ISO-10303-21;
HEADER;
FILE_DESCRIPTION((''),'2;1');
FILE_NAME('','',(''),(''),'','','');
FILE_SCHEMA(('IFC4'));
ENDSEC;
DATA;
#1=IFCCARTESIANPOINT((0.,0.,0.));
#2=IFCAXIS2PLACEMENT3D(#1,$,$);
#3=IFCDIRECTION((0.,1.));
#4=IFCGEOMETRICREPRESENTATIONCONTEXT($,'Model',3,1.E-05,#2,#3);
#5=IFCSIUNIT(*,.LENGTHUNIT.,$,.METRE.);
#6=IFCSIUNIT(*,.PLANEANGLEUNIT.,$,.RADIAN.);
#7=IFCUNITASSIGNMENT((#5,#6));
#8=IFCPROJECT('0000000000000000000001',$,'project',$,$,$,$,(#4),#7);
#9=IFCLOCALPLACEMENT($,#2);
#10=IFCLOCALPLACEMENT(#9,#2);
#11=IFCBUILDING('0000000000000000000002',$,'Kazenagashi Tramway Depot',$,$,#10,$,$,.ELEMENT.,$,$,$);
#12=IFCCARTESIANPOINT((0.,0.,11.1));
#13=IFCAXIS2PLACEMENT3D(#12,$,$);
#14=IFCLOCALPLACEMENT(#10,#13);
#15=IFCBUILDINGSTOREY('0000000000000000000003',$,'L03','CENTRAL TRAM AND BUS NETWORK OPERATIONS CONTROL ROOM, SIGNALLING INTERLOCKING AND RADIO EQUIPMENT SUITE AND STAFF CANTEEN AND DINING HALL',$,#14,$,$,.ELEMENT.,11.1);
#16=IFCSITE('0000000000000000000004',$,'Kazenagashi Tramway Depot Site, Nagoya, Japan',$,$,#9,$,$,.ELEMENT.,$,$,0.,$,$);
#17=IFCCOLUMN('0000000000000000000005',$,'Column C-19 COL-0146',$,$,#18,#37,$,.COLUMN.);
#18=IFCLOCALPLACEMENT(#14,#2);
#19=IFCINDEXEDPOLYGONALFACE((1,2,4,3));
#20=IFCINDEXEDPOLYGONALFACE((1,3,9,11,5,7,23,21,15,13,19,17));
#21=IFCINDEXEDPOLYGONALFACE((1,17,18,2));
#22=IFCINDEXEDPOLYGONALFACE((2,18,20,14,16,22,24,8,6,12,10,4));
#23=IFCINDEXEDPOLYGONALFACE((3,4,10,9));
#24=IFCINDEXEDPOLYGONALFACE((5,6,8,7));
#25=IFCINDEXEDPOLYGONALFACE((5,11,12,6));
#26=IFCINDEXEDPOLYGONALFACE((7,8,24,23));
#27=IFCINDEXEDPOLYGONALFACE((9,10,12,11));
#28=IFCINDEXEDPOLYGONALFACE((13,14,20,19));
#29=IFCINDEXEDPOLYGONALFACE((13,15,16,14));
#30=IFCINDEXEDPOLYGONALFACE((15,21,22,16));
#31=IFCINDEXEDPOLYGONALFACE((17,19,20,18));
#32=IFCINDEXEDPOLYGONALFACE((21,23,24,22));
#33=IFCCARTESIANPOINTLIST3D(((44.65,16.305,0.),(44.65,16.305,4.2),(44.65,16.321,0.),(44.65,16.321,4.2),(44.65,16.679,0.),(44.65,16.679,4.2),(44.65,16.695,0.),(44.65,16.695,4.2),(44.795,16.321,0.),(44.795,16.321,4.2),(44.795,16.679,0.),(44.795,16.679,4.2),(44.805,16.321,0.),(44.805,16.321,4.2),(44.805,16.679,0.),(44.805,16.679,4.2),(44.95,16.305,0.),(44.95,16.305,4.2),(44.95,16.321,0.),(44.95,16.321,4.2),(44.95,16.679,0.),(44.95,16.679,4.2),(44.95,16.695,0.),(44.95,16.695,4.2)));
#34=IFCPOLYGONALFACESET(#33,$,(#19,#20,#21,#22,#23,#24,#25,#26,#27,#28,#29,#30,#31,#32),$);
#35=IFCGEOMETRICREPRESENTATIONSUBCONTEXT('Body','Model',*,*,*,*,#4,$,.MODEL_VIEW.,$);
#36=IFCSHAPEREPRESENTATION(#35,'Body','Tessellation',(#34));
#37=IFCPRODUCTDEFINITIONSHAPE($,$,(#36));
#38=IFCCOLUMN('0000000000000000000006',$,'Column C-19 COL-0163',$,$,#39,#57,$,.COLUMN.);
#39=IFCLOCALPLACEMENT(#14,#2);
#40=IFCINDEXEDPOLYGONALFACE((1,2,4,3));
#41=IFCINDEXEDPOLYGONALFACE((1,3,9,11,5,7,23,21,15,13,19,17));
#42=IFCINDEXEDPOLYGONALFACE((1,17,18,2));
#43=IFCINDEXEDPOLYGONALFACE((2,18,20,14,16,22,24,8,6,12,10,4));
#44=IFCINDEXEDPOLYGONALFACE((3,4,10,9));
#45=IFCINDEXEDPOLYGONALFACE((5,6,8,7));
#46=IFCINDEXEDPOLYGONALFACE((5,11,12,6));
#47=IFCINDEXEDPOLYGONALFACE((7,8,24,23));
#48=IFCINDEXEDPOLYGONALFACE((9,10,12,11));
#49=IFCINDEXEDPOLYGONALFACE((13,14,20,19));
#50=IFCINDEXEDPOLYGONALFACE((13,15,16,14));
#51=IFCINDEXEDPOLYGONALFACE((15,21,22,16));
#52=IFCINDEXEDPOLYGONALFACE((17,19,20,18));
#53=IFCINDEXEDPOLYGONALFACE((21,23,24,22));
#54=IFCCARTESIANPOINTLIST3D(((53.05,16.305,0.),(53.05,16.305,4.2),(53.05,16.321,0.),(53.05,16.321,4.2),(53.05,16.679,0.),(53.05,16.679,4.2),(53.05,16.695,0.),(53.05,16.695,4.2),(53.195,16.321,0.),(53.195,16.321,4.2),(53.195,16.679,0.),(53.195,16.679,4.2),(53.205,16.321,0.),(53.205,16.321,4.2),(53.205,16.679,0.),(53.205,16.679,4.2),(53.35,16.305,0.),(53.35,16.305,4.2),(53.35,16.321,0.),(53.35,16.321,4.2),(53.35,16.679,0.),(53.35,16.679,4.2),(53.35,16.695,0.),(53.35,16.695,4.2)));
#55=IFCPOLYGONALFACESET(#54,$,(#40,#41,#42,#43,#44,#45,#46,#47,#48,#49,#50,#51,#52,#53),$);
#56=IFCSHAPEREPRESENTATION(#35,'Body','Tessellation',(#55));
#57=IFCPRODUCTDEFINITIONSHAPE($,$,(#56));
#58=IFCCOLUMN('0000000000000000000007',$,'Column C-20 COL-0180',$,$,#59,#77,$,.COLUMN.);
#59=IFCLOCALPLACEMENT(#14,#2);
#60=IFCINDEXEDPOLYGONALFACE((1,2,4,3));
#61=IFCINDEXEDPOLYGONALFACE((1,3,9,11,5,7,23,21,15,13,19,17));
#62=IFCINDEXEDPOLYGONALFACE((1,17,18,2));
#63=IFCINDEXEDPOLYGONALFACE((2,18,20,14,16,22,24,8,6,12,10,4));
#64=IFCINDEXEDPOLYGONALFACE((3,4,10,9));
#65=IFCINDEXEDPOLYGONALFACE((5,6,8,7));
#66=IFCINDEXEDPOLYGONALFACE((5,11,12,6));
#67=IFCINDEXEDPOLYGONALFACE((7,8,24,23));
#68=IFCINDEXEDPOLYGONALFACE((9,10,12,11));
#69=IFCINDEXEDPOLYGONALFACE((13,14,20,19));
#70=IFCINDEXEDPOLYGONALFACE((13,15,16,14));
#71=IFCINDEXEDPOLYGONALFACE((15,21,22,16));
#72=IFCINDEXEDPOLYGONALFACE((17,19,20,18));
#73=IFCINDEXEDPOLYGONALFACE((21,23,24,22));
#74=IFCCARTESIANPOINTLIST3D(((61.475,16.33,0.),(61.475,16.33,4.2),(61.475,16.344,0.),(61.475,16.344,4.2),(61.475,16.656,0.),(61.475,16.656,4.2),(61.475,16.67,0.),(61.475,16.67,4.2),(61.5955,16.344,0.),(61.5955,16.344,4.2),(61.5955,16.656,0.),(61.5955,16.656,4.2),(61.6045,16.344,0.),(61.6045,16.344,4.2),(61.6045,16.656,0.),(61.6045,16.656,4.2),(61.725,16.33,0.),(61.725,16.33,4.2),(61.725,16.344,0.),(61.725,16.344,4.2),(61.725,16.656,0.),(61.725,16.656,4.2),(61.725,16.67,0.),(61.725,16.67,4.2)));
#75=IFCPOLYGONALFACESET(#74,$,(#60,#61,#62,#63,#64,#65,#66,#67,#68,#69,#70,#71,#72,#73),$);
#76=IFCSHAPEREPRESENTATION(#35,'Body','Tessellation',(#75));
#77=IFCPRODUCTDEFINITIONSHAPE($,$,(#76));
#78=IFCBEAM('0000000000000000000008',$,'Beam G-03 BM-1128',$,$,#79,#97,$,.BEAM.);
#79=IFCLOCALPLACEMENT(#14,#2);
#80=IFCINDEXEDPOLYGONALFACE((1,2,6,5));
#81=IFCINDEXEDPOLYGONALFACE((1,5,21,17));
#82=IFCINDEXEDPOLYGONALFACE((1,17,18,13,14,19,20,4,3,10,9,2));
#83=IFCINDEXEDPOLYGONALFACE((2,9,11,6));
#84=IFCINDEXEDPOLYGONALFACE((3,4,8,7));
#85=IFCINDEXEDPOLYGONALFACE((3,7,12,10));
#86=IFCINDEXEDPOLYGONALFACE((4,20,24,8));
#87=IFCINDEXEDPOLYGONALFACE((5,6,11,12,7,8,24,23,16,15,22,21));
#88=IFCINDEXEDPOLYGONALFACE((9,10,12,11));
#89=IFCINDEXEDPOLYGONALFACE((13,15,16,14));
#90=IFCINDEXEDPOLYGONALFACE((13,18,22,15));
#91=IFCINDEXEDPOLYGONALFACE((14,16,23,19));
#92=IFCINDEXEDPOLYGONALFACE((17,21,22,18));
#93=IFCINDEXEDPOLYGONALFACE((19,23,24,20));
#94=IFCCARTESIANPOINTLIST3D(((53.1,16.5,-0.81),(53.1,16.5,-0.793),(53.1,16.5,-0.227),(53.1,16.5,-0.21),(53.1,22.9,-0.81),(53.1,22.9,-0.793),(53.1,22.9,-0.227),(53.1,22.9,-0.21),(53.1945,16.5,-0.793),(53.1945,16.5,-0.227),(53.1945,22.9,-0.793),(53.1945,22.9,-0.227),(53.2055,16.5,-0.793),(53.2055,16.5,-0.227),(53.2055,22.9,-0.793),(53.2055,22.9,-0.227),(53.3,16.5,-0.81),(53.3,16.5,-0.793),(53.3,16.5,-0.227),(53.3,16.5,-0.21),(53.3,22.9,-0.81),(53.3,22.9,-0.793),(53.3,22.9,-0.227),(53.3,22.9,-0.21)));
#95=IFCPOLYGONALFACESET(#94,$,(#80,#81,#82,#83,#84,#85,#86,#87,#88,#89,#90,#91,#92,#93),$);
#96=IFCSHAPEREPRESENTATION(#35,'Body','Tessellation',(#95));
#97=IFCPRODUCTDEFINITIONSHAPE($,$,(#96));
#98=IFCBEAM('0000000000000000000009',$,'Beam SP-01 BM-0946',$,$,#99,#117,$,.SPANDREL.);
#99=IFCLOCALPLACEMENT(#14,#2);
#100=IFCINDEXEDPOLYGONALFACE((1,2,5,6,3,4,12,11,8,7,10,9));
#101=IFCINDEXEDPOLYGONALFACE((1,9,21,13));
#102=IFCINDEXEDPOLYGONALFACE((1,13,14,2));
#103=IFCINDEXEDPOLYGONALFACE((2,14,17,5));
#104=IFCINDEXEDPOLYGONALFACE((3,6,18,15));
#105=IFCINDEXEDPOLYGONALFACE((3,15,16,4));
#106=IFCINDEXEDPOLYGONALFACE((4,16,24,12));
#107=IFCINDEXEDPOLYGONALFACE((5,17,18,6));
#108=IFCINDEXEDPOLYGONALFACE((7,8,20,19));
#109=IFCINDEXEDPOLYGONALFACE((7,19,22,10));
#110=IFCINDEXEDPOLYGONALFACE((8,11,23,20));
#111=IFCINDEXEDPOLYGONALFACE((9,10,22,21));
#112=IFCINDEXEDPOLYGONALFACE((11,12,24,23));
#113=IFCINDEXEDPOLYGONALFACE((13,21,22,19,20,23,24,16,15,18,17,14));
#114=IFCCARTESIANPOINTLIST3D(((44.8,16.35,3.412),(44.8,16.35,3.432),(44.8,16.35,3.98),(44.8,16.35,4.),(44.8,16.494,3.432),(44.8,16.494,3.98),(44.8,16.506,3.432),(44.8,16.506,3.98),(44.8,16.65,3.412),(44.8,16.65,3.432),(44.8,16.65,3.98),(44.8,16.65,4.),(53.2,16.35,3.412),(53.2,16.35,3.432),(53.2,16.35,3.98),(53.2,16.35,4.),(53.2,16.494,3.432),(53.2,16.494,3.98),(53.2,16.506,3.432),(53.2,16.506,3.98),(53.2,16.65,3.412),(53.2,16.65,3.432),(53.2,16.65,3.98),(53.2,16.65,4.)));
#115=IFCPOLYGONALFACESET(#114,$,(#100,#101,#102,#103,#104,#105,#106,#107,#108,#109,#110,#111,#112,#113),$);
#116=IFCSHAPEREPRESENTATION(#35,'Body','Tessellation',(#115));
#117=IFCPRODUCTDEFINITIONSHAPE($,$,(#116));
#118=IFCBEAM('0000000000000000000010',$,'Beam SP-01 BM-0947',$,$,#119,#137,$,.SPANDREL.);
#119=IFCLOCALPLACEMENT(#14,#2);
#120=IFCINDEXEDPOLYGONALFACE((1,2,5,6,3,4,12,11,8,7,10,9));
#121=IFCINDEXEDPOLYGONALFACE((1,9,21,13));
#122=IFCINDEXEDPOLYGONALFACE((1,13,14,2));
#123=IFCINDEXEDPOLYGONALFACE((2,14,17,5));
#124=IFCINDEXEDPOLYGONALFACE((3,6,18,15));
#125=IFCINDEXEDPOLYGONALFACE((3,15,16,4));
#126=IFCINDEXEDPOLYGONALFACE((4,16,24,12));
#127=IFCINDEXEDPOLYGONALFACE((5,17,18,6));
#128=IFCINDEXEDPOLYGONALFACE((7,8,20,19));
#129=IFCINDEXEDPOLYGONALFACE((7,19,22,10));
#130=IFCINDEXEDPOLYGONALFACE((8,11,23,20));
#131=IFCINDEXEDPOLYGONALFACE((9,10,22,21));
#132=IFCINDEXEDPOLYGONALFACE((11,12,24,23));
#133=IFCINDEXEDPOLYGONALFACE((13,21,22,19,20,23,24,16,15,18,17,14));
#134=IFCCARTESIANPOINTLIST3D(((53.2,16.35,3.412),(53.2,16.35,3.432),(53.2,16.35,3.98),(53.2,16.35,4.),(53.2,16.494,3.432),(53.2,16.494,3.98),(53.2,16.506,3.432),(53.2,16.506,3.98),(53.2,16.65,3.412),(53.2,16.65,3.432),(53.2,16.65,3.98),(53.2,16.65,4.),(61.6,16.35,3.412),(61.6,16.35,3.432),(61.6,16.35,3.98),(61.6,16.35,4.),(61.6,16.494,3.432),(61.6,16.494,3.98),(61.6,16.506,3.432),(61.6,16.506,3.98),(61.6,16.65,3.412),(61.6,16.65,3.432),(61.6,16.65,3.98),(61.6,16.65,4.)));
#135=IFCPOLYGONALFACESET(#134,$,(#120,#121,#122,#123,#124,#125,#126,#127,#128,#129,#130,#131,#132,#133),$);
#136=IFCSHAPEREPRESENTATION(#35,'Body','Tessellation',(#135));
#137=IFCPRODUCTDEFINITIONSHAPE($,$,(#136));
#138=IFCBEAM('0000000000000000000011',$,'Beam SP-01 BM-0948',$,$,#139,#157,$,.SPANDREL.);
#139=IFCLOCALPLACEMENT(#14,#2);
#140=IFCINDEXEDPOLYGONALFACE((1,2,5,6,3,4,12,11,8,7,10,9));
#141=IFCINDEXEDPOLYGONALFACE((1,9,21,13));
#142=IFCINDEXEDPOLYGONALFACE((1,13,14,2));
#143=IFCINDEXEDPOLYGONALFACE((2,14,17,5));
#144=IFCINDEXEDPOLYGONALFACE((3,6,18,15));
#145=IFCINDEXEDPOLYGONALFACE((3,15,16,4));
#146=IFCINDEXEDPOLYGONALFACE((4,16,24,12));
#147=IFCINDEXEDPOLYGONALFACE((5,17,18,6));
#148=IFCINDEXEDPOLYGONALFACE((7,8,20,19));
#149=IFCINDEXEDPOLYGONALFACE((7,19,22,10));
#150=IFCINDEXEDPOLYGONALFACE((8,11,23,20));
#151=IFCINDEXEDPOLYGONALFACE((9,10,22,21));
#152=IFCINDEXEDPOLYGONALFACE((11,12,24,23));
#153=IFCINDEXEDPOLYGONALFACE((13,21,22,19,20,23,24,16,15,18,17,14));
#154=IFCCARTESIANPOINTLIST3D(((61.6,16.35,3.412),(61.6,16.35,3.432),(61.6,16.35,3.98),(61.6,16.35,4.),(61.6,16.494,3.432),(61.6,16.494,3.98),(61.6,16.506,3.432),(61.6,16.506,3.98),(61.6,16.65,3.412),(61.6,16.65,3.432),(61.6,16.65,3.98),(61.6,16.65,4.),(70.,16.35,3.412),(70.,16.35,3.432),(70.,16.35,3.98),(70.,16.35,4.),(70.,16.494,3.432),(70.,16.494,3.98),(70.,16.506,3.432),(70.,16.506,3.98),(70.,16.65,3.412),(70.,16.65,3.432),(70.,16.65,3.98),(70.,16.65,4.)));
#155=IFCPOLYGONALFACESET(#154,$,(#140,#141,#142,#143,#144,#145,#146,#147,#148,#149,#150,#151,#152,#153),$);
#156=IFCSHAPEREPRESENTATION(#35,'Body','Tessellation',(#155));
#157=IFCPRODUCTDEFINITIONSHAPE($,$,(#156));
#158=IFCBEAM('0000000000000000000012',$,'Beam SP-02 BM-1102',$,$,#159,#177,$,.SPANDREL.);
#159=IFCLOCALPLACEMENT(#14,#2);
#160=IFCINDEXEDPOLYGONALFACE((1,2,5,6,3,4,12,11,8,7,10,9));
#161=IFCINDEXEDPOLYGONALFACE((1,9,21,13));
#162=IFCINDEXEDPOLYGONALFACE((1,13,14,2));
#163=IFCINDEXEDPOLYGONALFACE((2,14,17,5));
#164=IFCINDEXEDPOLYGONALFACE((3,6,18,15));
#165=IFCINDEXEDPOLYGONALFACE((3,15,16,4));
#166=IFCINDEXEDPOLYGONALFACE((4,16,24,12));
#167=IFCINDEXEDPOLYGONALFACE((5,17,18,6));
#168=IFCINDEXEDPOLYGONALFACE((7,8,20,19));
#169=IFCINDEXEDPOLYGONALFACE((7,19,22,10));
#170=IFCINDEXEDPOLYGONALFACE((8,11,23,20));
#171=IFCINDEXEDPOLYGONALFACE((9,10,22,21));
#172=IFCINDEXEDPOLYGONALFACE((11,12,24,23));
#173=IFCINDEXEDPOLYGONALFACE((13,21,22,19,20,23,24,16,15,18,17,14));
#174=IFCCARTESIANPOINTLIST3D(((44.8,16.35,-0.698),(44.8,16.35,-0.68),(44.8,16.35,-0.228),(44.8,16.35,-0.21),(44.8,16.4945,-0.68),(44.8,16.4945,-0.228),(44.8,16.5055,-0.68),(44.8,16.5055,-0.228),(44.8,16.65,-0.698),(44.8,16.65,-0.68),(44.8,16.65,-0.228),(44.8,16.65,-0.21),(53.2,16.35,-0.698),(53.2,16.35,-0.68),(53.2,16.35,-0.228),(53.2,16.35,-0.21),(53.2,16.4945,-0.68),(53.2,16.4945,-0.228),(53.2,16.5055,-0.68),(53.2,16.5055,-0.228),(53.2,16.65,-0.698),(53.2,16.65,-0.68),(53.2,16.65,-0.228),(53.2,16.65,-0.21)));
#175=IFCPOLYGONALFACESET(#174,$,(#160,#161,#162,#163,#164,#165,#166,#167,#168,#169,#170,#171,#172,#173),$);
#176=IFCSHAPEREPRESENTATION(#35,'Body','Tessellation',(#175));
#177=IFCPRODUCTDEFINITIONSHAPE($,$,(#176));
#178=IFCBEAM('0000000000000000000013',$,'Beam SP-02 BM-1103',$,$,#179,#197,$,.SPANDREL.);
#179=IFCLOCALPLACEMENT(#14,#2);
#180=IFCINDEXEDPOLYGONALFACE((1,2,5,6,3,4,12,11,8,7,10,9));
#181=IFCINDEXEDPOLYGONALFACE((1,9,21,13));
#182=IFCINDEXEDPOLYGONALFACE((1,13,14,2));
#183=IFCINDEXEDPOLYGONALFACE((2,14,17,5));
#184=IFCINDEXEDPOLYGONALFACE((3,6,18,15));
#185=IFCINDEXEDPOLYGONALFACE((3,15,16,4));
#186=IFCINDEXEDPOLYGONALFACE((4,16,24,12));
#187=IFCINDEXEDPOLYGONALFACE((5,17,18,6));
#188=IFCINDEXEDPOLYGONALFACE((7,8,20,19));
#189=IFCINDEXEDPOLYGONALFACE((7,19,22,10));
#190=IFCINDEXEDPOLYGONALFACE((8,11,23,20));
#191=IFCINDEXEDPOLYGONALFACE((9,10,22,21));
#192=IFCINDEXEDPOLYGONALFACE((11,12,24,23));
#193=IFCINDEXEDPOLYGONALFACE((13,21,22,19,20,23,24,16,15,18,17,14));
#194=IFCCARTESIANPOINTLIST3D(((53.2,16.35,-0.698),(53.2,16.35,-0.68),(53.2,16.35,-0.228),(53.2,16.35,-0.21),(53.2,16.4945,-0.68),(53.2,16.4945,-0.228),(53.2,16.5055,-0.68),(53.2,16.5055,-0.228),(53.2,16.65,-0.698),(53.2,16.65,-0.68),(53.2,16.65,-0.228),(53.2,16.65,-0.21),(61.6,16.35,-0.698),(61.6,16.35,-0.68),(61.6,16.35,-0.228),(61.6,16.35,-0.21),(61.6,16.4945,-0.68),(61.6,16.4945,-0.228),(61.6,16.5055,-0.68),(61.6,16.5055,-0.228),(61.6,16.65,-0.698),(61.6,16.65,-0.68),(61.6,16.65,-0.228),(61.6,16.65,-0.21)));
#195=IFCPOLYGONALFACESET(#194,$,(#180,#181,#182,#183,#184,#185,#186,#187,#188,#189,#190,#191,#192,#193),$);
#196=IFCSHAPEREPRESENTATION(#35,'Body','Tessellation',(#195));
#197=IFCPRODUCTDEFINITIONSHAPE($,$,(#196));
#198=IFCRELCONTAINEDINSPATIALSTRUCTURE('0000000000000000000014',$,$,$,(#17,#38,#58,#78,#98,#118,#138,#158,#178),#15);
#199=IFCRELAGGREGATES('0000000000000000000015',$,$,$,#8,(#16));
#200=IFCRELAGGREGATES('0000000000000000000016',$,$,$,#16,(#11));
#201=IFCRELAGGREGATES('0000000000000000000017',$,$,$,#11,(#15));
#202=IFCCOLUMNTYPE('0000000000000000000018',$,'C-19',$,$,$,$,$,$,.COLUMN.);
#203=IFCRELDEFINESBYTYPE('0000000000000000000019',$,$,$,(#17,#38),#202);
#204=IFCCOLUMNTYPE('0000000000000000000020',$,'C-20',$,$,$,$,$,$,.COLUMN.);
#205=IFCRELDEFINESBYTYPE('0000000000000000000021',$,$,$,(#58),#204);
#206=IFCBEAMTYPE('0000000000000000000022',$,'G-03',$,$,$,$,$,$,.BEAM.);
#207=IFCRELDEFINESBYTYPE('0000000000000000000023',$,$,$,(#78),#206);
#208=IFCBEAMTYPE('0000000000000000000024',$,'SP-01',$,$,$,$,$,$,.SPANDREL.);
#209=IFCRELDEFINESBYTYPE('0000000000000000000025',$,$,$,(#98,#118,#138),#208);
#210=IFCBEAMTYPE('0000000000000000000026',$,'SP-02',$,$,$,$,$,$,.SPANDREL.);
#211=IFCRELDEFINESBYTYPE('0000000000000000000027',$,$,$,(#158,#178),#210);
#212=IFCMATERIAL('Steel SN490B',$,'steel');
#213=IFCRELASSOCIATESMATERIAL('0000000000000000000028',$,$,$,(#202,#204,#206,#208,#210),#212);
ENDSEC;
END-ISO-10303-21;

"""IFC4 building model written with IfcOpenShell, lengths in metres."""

from ifc_helpers import new_model, si_unit, direction, frame, origin, origin_2d, place, context, subcontext, project, spatial, i_section, extrude, material, material_profile, profile_set, type_object, element, save


model = new_model("IFC4")

# Units and contexts
model_context = context("Model", 3, precision=1e-05, world=origin(), true_north=direction((0.0, 1.0)))
body_context = subcontext(model_context, "Body", "Model", "MODEL_VIEW")
ifc_project = project(units=[si_unit("LENGTHUNIT", "METRE"), si_unit("PLANEANGLEUNIT", "RADIAN")], contexts=[model_context])

# Site, building, storey
site_placement = place(None, origin())
site = spatial("IfcSite", under=ifc_project, at=site_placement, Name="Kazenagashi Tramway Depot Site, Nagoya, Japan", CompositionType="ELEMENT", RefElevation=0.0)
building_placement = place(site_placement, origin())
building = spatial("IfcBuilding", under=site, at=building_placement, Name="Kazenagashi Tramway Depot", CompositionType="ELEMENT")
storey_placement = place(building_placement, frame((0.0, 0.0, 11.1)))
storey = spatial("IfcBuildingStorey", under=building, at=storey_placement, Name="L03", Description="CENTRAL TRAM AND BUS NETWORK OPERATIONS CONTROL ROOM, SIGNALLING INTERLOCKING AND RADIO EQUIPMENT SUITE AND STAFF CANTEEN AND DINING HALL", CompositionType="ELEMENT", Elevation=11.1)

# Columns
ifc_material_1 = material(Name="Steel SN490B", Category="steel")
ifc_material_profile_1 = material_profile(ifc_material_1, i_section(OverallWidth=0.3, OverallDepth=0.39, WebThickness=0.01, FlangeThickness=0.016, at=origin_2d()), Name="H-390x300x10x16")
ifc_profile_set_1 = profile_set([ifc_material_profile_1], Name="Steel SN490B")
column_type_1 = type_object("IfcColumnType", Name="C-19", PredefinedType="COLUMN", material=ifc_profile_set_1)
for number, where, z_axis, x_axis, name in (
    (1, (44.8, 16.5, 0.0), (0.0, 0.0, 1.0), (1.0, 0.0, 0.0), "Column C-19 COL-0146"),
    (2, (53.2, 16.5, 0.0), (0.0, 0.0, 1.0), (1.0, 0.0, 0.0), "Column C-19 COL-0163"),
):
    element("IfcColumn", number, at=place(storey_placement, frame(where, z_axis=z_axis, x_axis=x_axis)), inside=storey, type_object=column_type_1, Name=name, PredefinedType="COLUMN", context=body_context, shape_type="SweptSolid", body=[
        extrude(i_section(OverallWidth=0.3, OverallDepth=0.39, WebThickness=0.01, FlangeThickness=0.016, at=origin_2d()), origin(), (0.0, 0.0, 1.0), 4.2),
    ])
ifc_material_profile_2 = material_profile(ifc_material_1, i_section(OverallWidth=0.25, OverallDepth=0.34, WebThickness=0.009, FlangeThickness=0.014, at=origin_2d()), Name="H-340x250x9x14")
ifc_profile_set_2 = profile_set([ifc_material_profile_2], Name="Steel SN490B")
column_type_2 = type_object("IfcColumnType", Name="C-20", PredefinedType="COLUMN", material=ifc_profile_set_2)
column_placement = place(storey_placement, frame((61.6, 16.5, 0.0), z_axis=(0.0, 0.0, 1.0), x_axis=(1.0, 0.0, 0.0)))
element("IfcColumn", 3, at=column_placement, inside=storey, type_object=column_type_2, Name="Column C-20 COL-0180", PredefinedType="COLUMN", context=body_context, shape_type="SweptSolid", body=[
    extrude(i_section(OverallWidth=0.25, OverallDepth=0.34, WebThickness=0.009, FlangeThickness=0.014, at=origin_2d()), origin(), (0.0, 0.0, 1.0), 4.2),
])

# Beams
ifc_material_profile_3 = material_profile(ifc_material_1, i_section(OverallWidth=0.2, OverallDepth=0.6, WebThickness=0.011, FlangeThickness=0.017, at=origin_2d()), Name="H-600x200x11x17")
ifc_profile_set_3 = profile_set([ifc_material_profile_3], Name="Steel SN490B")
beam_type_1 = type_object("IfcBeamType", Name="G-03", PredefinedType="BEAM", material=ifc_profile_set_3)
beam_1_placement = place(storey_placement, frame((53.2, 16.5, -0.51), z_axis=(0.0, 1.0, 0.0), x_axis=(-1.0, 0.0, 0.0)))
element("IfcBeam", 4, at=beam_1_placement, inside=storey, type_object=beam_type_1, Name="Beam G-03 BM-1128", PredefinedType="BEAM", context=body_context, shape_type="SweptSolid", body=[
    extrude(i_section(OverallWidth=0.2, OverallDepth=0.6, WebThickness=0.011, FlangeThickness=0.017, at=origin_2d()), origin(), (0.0, 0.0, 1.0), 6.4),
])
ifc_material_profile_4 = material_profile(ifc_material_1, i_section(OverallWidth=0.3, OverallDepth=0.588, WebThickness=0.012, FlangeThickness=0.02, at=origin_2d()), Name="H-588x300x12x20")
ifc_profile_set_4 = profile_set([ifc_material_profile_4], Name="Steel SN490B")
beam_type_2 = type_object("IfcBeamType", Name="SP-01", PredefinedType="SPANDREL", material=ifc_profile_set_4)
for number, where, z_axis, x_axis, name in (
    (5, (44.8, 16.5, 3.706), (1.0, 0.0, 0.0), (0.0, 1.0, 0.0), "Beam SP-01 BM-0946"),
    (6, (53.2, 16.5, 3.706), (1.0, 0.0, 0.0), (0.0, 1.0, 0.0), "Beam SP-01 BM-0947"),
    (7, (61.6, 16.5, 3.706), (1.0, 0.0, 0.0), (0.0, 1.0, 0.0), "Beam SP-01 BM-0948"),
):
    element("IfcBeam", number, at=place(storey_placement, frame(where, z_axis=z_axis, x_axis=x_axis)), inside=storey, type_object=beam_type_2, Name=name, PredefinedType="SPANDREL", context=body_context, shape_type="SweptSolid", body=[
        extrude(i_section(OverallWidth=0.3, OverallDepth=0.588, WebThickness=0.012, FlangeThickness=0.02, at=origin_2d()), origin(), (0.0, 0.0, 1.0), 8.4),
    ])
ifc_material_profile_5 = material_profile(ifc_material_1, i_section(OverallWidth=0.3, OverallDepth=0.488, WebThickness=0.011, FlangeThickness=0.018, at=origin_2d()), Name="H-488x300x11x18")
ifc_profile_set_5 = profile_set([ifc_material_profile_5], Name="Steel SN490B")
beam_type_3 = type_object("IfcBeamType", Name="SP-02", PredefinedType="SPANDREL", material=ifc_profile_set_5)
for number, where, z_axis, x_axis, name in (
    (8, (44.8, 16.5, -0.454), (1.0, 0.0, 0.0), (0.0, 1.0, 0.0), "Beam SP-02 BM-1102"),
    (9, (53.2, 16.5, -0.454), (1.0, 0.0, 0.0), (0.0, 1.0, 0.0), "Beam SP-02 BM-1103"),
):
    element("IfcBeam", number, at=place(storey_placement, frame(where, z_axis=z_axis, x_axis=x_axis)), inside=storey, type_object=beam_type_3, Name=name, PredefinedType="SPANDREL", context=body_context, shape_type="SweptSolid", body=[
        extrude(i_section(OverallWidth=0.3, OverallDepth=0.488, WebThickness=0.011, FlangeThickness=0.018, at=origin_2d()), origin(), (0.0, 0.0, 1.0), 8.4),
    ])

save(model, "model.ifc")
